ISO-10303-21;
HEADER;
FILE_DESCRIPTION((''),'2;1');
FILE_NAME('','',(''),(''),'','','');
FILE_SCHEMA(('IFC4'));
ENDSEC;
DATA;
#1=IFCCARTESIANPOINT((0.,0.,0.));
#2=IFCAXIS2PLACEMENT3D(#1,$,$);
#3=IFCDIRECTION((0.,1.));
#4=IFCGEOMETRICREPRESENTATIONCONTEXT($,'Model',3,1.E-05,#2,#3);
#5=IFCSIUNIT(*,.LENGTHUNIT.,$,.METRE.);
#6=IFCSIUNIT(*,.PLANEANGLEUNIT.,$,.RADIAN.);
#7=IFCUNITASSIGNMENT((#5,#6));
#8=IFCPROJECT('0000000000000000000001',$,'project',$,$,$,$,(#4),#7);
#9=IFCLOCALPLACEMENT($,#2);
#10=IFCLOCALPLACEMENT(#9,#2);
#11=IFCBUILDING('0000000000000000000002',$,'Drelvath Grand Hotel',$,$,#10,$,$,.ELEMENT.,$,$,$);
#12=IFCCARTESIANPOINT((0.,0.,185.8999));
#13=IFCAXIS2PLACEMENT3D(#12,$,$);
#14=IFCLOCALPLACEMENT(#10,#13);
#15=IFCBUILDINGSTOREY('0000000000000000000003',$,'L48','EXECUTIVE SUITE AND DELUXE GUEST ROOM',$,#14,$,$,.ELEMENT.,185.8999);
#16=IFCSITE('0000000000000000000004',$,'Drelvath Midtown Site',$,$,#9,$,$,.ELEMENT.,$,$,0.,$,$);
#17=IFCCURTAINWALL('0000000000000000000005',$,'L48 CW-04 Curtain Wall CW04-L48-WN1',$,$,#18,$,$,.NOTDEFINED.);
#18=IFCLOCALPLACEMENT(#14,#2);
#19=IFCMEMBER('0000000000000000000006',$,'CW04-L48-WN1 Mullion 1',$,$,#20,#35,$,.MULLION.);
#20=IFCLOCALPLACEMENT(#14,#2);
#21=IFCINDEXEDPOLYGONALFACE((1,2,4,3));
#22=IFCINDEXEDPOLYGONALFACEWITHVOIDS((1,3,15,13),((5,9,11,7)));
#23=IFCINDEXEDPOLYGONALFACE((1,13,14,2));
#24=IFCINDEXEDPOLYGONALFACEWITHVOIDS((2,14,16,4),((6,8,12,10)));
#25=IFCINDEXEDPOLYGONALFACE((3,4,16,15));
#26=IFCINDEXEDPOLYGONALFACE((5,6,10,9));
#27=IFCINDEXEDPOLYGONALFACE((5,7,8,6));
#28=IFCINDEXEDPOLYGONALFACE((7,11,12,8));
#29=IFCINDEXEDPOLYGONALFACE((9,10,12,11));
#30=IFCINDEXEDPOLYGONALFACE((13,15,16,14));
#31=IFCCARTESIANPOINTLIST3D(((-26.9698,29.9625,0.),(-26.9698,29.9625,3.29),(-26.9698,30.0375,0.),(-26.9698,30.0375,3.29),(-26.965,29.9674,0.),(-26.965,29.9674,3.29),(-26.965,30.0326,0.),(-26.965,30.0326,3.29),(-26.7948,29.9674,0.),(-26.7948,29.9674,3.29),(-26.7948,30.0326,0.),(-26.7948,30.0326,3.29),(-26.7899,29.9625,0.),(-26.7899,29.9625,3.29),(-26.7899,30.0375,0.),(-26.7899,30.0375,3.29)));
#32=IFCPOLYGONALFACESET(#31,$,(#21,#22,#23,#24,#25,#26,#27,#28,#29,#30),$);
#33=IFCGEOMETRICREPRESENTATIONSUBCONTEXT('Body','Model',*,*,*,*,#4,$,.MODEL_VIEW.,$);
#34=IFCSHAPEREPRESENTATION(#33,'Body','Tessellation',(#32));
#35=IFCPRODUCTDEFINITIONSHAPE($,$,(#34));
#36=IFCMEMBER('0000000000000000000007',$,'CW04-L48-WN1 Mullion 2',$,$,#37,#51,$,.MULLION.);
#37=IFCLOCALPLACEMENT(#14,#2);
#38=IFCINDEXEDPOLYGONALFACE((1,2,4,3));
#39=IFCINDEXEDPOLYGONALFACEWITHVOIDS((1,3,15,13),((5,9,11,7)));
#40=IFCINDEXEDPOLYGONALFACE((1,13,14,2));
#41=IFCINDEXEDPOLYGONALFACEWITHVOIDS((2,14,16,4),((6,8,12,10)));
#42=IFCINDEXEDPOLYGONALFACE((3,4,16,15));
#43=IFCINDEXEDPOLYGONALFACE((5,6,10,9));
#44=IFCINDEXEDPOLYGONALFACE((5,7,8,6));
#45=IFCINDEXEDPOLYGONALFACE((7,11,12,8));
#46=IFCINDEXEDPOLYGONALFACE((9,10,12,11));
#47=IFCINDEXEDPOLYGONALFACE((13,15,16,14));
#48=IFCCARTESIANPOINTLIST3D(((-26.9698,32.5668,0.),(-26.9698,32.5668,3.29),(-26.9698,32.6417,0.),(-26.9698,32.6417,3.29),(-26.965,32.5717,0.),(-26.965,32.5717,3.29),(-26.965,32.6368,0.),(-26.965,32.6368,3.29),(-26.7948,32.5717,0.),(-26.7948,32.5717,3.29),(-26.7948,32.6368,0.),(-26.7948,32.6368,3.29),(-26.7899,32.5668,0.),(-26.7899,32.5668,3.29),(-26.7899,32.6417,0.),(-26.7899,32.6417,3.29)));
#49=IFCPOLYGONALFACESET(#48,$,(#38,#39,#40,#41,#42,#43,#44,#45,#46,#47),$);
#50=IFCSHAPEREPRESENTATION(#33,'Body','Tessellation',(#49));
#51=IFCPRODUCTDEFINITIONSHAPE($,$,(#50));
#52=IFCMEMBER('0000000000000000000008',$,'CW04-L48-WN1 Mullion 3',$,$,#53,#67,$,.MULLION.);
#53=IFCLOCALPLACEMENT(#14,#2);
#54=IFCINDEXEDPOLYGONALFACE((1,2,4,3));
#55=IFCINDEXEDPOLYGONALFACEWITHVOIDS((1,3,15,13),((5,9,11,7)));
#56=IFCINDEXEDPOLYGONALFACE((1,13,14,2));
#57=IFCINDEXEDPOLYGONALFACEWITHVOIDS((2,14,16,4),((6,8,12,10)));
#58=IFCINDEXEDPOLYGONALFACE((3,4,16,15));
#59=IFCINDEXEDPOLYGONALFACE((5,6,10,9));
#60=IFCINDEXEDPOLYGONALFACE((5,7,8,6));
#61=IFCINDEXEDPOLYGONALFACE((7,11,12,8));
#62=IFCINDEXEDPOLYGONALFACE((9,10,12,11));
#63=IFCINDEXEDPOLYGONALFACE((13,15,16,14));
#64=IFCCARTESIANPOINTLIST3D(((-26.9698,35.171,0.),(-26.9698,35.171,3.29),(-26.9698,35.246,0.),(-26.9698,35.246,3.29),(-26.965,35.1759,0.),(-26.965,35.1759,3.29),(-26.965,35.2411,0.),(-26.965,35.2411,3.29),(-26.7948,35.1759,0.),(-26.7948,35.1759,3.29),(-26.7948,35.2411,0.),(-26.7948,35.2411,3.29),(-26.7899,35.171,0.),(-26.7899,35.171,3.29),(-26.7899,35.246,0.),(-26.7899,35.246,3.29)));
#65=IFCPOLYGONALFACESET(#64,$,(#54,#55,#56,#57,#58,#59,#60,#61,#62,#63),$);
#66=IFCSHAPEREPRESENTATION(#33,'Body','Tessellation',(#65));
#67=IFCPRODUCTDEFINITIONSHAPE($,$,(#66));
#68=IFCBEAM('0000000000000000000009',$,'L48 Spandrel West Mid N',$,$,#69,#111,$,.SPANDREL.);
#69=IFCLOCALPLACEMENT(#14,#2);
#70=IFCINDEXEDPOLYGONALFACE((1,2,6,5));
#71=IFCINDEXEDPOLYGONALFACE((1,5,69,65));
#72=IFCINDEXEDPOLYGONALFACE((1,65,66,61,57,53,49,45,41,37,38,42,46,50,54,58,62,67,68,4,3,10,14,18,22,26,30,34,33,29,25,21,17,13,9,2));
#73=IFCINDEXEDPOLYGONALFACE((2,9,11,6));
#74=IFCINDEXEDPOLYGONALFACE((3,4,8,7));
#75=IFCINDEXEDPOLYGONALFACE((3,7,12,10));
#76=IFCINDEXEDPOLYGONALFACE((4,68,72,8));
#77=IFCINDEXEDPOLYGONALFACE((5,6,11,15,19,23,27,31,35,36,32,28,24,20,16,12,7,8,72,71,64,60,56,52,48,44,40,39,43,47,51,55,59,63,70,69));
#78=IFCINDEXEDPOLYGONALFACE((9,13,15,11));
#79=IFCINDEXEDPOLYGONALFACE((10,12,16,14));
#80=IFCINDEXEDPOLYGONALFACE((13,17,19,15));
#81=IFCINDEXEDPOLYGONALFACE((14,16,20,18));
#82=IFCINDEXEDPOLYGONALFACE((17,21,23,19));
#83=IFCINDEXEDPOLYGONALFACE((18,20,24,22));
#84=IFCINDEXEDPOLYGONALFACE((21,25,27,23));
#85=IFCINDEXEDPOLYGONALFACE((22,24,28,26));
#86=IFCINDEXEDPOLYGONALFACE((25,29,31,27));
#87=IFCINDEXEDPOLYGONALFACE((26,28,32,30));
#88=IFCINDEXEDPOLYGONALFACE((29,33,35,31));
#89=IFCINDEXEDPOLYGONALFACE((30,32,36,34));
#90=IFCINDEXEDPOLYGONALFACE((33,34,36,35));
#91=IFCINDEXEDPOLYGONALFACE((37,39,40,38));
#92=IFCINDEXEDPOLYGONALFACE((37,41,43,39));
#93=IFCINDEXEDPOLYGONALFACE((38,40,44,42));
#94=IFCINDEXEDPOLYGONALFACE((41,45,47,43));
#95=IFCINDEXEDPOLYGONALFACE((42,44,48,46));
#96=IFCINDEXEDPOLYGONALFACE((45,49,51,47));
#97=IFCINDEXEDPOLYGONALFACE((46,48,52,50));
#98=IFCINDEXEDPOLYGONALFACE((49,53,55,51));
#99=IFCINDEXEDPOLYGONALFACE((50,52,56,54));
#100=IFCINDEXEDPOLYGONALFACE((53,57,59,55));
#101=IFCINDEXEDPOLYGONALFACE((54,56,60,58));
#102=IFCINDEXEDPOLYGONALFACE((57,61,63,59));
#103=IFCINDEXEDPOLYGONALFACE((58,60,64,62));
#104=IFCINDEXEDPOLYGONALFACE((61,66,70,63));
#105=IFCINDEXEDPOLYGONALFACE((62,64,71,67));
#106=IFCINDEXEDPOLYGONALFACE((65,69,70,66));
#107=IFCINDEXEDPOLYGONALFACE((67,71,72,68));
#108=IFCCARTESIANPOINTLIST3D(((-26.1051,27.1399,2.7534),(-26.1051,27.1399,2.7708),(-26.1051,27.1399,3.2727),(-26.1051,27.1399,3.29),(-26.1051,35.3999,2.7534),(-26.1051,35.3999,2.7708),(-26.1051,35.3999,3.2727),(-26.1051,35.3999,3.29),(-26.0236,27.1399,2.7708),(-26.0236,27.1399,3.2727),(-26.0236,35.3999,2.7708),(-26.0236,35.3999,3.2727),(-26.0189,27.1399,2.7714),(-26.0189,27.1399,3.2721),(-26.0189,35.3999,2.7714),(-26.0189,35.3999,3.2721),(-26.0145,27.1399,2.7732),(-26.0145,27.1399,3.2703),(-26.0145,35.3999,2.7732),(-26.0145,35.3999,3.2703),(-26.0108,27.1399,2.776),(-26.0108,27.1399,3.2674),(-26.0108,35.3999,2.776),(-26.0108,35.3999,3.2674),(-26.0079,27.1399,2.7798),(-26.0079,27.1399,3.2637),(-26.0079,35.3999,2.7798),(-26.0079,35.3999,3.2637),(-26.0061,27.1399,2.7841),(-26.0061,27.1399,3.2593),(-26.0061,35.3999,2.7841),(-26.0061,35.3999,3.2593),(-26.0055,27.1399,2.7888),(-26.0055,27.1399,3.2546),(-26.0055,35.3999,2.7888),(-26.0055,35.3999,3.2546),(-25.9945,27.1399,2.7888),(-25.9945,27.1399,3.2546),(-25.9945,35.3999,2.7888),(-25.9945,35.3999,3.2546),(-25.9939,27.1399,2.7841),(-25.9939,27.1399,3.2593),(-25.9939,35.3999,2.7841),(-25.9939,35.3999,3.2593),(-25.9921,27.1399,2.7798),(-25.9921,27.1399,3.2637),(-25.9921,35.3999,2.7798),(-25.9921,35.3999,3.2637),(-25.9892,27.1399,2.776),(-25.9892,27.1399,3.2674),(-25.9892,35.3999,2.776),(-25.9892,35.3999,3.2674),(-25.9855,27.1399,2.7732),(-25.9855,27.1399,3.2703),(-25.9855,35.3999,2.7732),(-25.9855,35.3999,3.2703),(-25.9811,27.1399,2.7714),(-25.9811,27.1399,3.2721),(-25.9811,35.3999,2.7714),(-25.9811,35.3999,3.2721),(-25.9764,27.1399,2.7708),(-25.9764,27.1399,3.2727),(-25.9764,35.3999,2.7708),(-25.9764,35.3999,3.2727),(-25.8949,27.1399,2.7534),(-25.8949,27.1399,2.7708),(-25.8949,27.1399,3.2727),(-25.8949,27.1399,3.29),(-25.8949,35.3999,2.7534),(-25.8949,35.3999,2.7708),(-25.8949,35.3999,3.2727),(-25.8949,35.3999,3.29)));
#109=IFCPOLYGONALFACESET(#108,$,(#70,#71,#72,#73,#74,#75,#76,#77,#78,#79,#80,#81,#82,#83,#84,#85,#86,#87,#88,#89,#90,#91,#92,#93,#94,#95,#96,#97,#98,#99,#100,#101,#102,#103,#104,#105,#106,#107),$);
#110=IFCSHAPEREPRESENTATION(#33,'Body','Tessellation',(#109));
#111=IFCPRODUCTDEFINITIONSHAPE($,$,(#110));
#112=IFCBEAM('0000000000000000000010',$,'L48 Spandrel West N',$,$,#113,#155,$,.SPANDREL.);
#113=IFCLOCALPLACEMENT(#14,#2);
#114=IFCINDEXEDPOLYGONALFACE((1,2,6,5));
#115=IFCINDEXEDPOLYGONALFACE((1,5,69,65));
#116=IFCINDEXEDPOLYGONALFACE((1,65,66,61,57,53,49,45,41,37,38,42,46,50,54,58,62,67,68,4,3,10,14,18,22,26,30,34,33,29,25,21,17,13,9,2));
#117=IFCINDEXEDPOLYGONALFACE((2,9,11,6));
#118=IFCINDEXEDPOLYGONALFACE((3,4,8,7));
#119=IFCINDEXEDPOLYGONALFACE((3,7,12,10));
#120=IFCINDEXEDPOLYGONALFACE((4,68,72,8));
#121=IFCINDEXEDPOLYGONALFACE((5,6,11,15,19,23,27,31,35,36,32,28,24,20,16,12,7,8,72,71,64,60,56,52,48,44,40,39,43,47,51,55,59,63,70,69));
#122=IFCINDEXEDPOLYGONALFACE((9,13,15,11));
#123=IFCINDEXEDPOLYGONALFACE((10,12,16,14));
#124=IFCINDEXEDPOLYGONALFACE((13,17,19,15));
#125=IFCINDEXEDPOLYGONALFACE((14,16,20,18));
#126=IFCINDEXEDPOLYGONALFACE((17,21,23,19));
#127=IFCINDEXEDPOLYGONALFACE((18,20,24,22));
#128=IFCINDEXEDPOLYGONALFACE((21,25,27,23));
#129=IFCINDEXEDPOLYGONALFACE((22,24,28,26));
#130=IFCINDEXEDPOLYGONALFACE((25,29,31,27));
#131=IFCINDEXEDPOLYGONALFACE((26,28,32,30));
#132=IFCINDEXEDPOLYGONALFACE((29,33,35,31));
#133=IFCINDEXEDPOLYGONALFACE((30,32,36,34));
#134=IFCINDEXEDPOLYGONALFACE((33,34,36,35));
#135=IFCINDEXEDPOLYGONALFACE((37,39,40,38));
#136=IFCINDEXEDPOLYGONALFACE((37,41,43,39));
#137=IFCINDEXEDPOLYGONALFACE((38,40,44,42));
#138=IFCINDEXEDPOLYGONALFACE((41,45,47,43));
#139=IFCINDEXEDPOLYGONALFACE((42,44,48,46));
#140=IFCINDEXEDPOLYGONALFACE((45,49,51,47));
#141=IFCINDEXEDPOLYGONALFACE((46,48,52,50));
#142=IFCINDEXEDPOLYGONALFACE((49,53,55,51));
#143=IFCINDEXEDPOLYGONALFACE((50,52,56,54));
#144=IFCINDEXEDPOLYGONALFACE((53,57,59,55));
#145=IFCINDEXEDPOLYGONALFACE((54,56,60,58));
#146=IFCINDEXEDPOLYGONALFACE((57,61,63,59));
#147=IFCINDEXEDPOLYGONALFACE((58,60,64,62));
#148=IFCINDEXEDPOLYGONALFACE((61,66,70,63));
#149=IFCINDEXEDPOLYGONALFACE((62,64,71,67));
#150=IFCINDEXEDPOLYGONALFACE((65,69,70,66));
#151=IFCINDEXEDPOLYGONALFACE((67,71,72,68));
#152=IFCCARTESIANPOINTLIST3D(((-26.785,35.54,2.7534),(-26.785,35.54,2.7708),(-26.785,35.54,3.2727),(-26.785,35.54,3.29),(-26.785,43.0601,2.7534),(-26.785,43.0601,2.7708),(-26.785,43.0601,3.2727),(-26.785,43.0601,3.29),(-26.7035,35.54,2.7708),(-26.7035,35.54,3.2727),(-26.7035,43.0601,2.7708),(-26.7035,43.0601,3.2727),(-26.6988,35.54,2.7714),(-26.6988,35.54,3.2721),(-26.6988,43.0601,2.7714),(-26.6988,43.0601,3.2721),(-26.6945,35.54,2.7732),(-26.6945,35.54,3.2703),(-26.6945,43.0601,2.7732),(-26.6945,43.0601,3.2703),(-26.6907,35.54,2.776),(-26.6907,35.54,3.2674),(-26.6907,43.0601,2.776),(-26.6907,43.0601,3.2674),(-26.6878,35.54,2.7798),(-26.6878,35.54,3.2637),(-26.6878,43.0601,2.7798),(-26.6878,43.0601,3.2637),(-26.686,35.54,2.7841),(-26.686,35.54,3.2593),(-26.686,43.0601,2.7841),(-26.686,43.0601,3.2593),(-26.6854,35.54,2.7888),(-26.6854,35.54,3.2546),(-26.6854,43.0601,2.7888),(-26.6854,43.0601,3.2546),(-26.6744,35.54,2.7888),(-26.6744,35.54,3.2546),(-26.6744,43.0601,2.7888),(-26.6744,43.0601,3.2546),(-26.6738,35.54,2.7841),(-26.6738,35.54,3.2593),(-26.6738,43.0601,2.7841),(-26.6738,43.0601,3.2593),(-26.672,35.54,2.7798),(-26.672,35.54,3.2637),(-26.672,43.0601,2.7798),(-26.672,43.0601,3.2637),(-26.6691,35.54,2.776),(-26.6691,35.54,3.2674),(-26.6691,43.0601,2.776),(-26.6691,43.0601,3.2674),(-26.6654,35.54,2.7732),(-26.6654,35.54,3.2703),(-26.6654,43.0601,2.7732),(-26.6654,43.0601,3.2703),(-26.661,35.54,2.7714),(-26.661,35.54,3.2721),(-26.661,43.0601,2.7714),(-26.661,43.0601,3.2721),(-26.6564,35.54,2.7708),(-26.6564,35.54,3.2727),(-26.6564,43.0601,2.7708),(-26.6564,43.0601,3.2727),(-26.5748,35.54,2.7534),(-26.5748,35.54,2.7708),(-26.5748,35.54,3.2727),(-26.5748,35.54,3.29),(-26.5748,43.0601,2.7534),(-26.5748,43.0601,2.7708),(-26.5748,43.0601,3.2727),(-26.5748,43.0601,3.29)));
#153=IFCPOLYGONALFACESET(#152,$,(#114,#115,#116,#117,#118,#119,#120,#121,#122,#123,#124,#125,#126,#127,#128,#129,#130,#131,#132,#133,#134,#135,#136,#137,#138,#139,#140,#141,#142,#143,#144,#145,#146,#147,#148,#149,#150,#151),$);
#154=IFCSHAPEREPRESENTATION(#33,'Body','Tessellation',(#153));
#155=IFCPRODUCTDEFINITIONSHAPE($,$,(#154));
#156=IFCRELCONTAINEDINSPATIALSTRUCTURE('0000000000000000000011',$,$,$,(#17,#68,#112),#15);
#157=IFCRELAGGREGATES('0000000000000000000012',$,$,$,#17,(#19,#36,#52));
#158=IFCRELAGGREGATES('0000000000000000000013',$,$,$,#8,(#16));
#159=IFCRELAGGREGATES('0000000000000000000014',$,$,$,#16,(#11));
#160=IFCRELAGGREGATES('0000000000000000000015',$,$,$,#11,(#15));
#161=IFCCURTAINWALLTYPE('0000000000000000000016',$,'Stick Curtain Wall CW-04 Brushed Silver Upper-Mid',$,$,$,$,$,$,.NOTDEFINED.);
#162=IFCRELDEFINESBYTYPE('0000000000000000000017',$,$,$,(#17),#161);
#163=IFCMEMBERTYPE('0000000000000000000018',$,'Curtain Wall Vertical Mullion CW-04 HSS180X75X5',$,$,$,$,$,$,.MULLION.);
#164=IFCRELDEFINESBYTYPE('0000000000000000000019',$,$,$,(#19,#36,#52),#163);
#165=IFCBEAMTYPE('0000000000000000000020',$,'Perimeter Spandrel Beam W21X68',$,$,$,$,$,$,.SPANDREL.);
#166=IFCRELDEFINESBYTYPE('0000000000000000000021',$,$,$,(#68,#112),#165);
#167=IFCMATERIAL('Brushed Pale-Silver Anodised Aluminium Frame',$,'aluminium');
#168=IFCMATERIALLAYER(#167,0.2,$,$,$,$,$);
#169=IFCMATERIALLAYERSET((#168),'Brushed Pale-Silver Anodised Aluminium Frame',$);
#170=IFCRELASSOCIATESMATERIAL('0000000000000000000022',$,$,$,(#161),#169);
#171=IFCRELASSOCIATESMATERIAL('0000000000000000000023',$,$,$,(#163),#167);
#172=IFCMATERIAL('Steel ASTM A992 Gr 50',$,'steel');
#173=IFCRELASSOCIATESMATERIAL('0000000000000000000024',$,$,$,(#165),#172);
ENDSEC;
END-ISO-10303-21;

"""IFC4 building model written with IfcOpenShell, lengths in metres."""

from ifc_helpers import new_model, si_unit, direction, frame, origin, origin_2d, place, context, subcontext, project, spatial, hollow_rectangle, i_section, extrude, material, layer, layer_set, material_profile, profile_set, type_object, element, aggregate, save


model = new_model("IFC4")

# Units and contexts
model_context = context("Model", 3, precision=1e-05, world=origin(), true_north=direction((0.0, 1.0)))
body_context = subcontext(model_context, "Body", "Model", "MODEL_VIEW")
ifc_project = project(units=[si_unit("LENGTHUNIT", "METRE"), si_unit("PLANEANGLEUNIT", "RADIAN")], contexts=[model_context])

# Site, building, storey
site_placement = place(None, origin())
site = spatial("IfcSite", under=ifc_project, at=site_placement, Name="Drelvath Midtown Site", CompositionType="ELEMENT", RefElevation=0.0)
building_placement = place(site_placement, origin())
building = spatial("IfcBuilding", under=site, at=building_placement, Name="Drelvath Grand Hotel", CompositionType="ELEMENT")
storey_placement = place(building_placement, frame((0.0, 0.0, 185.8999)))
storey = spatial("IfcBuildingStorey", under=building, at=storey_placement, Name="L48", Description="EXECUTIVE SUITE AND DELUXE GUEST ROOM", CompositionType="ELEMENT", Elevation=185.8999)

# Curtain wall
ifc_material_1 = material(Name="Brushed Pale-Silver Anodised Aluminium Frame", Category="aluminium")
ifc_layer_1 = layer(ifc_material_1, 0.2)
ifc_layer_set_1 = layer_set([ifc_layer_1], Name="Brushed Pale-Silver Anodised Aluminium Frame")
curtain_wall_type = type_object("IfcCurtainWallType", Name="Stick Curtain Wall CW-04 Brushed Silver Upper-Mid", PredefinedType="NOTDEFINED", material=ifc_layer_set_1)
curtain_wall_1_placement = place(storey_placement, origin())
curtain_wall_1 = element("IfcCurtainWall", 1, at=curtain_wall_1_placement, inside=storey, type_object=curtain_wall_type, Name="L48 CW-04 Curtain Wall CW04-L48-WN1", PredefinedType="NOTDEFINED")
ifc_material_profile_1 = material_profile(ifc_material_1, hollow_rectangle(XDim=0.075, YDim=0.1799, WallThickness=0.0049, at=origin_2d()), Name="HSS180X75X5")
ifc_profile_set_1 = profile_set([ifc_material_profile_1], Name="Brushed Pale-Silver Anodised Aluminium Frame")
member_type_1 = type_object("IfcMemberType", Name="Curtain Wall Vertical Mullion CW-04 HSS180X75X5", PredefinedType="MULLION", material=ifc_profile_set_1)

# Members
member_1_placement = place(storey_placement, frame((-26.8799, 30.0, 0.0), z_axis=(0.0, 0.0, 1.0), x_axis=(0.0, 1.0, 0.0)))
member_1 = element("IfcMember", 2, at=member_1_placement, type_object=member_type_1, Name="CW04-L48-WN1 Mullion 1", PredefinedType="MULLION", context=body_context, shape_type="SweptSolid", body=[
    extrude(hollow_rectangle(XDim=0.075, YDim=0.1799, WallThickness=0.0049, at=origin_2d()), origin(), (0.0, 0.0, 1.0), 3.29),
])
member_2_placement = place(storey_placement, frame((-26.8799, 32.6042, 0.0), z_axis=(0.0, 0.0, 1.0), x_axis=(0.0, 1.0, 0.0)))
member_2 = element("IfcMember", 3, at=member_2_placement, type_object=member_type_1, Name="CW04-L48-WN1 Mullion 2", PredefinedType="MULLION", context=body_context, shape_type="SweptSolid", body=[
    extrude(hollow_rectangle(XDim=0.075, YDim=0.1799, WallThickness=0.0049, at=origin_2d()), origin(), (0.0, 0.0, 1.0), 3.29),
])
member_3_placement = place(storey_placement, frame((-26.8799, 35.2085, 0.0), z_axis=(0.0, 0.0, 1.0), x_axis=(0.0, 1.0, 0.0)))
member_3 = element("IfcMember", 4, at=member_3_placement, type_object=member_type_1, Name="CW04-L48-WN1 Mullion 3", PredefinedType="MULLION", context=body_context, shape_type="SweptSolid", body=[
    extrude(hollow_rectangle(XDim=0.075, YDim=0.1799, WallThickness=0.0049, at=origin_2d()), origin(), (0.0, 0.0, 1.0), 3.29),
])

# Beams
ifc_material_2 = material(Name="Steel ASTM A992 Gr 50", Category="steel")
ifc_material_profile_2 = material_profile(ifc_material_2, i_section(OverallWidth=0.2102, OverallDepth=0.5366, WebThickness=0.011, FlangeThickness=0.0173, FilletRadius=0.0181, at=origin_2d()), Name="W21X68")
ifc_profile_set_2 = profile_set([ifc_material_profile_2], Name="Steel ASTM A992 Gr 50")
beam_type_1 = type_object("IfcBeamType", Name="Perimeter Spandrel Beam W21X68", PredefinedType="SPANDREL", material=ifc_profile_set_2)
beam_1_placement = place(storey_placement, frame((-26.0, 27.1399, 3.0217), z_axis=(0.0, 1.0, 0.0), x_axis=(-1.0, 0.0, 0.0)))
element("IfcBeam", 5, at=beam_1_placement, inside=storey, type_object=beam_type_1, Name="L48 Spandrel West Mid N", PredefinedType="SPANDREL", context=body_context, shape_type="SweptSolid", body=[
    extrude(i_section(OverallWidth=0.2102, OverallDepth=0.5366, WebThickness=0.011, FlangeThickness=0.0173, FilletRadius=0.0181, at=origin_2d()), origin(), (0.0, 0.0, 1.0), 8.26),
])
beam_2_placement = place(storey_placement, frame((-26.6799, 35.54, 3.0217), z_axis=(0.0, 1.0, 0.0), x_axis=(-1.0, 0.0, 0.0)))
element("IfcBeam", 6, at=beam_2_placement, inside=storey, type_object=beam_type_1, Name="L48 Spandrel West N", PredefinedType="SPANDREL", context=body_context, shape_type="SweptSolid", body=[
    extrude(i_section(OverallWidth=0.2102, OverallDepth=0.5366, WebThickness=0.011, FlangeThickness=0.0173, FilletRadius=0.0181, at=origin_2d()), origin(), (0.0, 0.0, 1.0), 7.52),
])

aggregate(curtain_wall_1, [member_1, member_2, member_3])

save(model, "model.ifc")
